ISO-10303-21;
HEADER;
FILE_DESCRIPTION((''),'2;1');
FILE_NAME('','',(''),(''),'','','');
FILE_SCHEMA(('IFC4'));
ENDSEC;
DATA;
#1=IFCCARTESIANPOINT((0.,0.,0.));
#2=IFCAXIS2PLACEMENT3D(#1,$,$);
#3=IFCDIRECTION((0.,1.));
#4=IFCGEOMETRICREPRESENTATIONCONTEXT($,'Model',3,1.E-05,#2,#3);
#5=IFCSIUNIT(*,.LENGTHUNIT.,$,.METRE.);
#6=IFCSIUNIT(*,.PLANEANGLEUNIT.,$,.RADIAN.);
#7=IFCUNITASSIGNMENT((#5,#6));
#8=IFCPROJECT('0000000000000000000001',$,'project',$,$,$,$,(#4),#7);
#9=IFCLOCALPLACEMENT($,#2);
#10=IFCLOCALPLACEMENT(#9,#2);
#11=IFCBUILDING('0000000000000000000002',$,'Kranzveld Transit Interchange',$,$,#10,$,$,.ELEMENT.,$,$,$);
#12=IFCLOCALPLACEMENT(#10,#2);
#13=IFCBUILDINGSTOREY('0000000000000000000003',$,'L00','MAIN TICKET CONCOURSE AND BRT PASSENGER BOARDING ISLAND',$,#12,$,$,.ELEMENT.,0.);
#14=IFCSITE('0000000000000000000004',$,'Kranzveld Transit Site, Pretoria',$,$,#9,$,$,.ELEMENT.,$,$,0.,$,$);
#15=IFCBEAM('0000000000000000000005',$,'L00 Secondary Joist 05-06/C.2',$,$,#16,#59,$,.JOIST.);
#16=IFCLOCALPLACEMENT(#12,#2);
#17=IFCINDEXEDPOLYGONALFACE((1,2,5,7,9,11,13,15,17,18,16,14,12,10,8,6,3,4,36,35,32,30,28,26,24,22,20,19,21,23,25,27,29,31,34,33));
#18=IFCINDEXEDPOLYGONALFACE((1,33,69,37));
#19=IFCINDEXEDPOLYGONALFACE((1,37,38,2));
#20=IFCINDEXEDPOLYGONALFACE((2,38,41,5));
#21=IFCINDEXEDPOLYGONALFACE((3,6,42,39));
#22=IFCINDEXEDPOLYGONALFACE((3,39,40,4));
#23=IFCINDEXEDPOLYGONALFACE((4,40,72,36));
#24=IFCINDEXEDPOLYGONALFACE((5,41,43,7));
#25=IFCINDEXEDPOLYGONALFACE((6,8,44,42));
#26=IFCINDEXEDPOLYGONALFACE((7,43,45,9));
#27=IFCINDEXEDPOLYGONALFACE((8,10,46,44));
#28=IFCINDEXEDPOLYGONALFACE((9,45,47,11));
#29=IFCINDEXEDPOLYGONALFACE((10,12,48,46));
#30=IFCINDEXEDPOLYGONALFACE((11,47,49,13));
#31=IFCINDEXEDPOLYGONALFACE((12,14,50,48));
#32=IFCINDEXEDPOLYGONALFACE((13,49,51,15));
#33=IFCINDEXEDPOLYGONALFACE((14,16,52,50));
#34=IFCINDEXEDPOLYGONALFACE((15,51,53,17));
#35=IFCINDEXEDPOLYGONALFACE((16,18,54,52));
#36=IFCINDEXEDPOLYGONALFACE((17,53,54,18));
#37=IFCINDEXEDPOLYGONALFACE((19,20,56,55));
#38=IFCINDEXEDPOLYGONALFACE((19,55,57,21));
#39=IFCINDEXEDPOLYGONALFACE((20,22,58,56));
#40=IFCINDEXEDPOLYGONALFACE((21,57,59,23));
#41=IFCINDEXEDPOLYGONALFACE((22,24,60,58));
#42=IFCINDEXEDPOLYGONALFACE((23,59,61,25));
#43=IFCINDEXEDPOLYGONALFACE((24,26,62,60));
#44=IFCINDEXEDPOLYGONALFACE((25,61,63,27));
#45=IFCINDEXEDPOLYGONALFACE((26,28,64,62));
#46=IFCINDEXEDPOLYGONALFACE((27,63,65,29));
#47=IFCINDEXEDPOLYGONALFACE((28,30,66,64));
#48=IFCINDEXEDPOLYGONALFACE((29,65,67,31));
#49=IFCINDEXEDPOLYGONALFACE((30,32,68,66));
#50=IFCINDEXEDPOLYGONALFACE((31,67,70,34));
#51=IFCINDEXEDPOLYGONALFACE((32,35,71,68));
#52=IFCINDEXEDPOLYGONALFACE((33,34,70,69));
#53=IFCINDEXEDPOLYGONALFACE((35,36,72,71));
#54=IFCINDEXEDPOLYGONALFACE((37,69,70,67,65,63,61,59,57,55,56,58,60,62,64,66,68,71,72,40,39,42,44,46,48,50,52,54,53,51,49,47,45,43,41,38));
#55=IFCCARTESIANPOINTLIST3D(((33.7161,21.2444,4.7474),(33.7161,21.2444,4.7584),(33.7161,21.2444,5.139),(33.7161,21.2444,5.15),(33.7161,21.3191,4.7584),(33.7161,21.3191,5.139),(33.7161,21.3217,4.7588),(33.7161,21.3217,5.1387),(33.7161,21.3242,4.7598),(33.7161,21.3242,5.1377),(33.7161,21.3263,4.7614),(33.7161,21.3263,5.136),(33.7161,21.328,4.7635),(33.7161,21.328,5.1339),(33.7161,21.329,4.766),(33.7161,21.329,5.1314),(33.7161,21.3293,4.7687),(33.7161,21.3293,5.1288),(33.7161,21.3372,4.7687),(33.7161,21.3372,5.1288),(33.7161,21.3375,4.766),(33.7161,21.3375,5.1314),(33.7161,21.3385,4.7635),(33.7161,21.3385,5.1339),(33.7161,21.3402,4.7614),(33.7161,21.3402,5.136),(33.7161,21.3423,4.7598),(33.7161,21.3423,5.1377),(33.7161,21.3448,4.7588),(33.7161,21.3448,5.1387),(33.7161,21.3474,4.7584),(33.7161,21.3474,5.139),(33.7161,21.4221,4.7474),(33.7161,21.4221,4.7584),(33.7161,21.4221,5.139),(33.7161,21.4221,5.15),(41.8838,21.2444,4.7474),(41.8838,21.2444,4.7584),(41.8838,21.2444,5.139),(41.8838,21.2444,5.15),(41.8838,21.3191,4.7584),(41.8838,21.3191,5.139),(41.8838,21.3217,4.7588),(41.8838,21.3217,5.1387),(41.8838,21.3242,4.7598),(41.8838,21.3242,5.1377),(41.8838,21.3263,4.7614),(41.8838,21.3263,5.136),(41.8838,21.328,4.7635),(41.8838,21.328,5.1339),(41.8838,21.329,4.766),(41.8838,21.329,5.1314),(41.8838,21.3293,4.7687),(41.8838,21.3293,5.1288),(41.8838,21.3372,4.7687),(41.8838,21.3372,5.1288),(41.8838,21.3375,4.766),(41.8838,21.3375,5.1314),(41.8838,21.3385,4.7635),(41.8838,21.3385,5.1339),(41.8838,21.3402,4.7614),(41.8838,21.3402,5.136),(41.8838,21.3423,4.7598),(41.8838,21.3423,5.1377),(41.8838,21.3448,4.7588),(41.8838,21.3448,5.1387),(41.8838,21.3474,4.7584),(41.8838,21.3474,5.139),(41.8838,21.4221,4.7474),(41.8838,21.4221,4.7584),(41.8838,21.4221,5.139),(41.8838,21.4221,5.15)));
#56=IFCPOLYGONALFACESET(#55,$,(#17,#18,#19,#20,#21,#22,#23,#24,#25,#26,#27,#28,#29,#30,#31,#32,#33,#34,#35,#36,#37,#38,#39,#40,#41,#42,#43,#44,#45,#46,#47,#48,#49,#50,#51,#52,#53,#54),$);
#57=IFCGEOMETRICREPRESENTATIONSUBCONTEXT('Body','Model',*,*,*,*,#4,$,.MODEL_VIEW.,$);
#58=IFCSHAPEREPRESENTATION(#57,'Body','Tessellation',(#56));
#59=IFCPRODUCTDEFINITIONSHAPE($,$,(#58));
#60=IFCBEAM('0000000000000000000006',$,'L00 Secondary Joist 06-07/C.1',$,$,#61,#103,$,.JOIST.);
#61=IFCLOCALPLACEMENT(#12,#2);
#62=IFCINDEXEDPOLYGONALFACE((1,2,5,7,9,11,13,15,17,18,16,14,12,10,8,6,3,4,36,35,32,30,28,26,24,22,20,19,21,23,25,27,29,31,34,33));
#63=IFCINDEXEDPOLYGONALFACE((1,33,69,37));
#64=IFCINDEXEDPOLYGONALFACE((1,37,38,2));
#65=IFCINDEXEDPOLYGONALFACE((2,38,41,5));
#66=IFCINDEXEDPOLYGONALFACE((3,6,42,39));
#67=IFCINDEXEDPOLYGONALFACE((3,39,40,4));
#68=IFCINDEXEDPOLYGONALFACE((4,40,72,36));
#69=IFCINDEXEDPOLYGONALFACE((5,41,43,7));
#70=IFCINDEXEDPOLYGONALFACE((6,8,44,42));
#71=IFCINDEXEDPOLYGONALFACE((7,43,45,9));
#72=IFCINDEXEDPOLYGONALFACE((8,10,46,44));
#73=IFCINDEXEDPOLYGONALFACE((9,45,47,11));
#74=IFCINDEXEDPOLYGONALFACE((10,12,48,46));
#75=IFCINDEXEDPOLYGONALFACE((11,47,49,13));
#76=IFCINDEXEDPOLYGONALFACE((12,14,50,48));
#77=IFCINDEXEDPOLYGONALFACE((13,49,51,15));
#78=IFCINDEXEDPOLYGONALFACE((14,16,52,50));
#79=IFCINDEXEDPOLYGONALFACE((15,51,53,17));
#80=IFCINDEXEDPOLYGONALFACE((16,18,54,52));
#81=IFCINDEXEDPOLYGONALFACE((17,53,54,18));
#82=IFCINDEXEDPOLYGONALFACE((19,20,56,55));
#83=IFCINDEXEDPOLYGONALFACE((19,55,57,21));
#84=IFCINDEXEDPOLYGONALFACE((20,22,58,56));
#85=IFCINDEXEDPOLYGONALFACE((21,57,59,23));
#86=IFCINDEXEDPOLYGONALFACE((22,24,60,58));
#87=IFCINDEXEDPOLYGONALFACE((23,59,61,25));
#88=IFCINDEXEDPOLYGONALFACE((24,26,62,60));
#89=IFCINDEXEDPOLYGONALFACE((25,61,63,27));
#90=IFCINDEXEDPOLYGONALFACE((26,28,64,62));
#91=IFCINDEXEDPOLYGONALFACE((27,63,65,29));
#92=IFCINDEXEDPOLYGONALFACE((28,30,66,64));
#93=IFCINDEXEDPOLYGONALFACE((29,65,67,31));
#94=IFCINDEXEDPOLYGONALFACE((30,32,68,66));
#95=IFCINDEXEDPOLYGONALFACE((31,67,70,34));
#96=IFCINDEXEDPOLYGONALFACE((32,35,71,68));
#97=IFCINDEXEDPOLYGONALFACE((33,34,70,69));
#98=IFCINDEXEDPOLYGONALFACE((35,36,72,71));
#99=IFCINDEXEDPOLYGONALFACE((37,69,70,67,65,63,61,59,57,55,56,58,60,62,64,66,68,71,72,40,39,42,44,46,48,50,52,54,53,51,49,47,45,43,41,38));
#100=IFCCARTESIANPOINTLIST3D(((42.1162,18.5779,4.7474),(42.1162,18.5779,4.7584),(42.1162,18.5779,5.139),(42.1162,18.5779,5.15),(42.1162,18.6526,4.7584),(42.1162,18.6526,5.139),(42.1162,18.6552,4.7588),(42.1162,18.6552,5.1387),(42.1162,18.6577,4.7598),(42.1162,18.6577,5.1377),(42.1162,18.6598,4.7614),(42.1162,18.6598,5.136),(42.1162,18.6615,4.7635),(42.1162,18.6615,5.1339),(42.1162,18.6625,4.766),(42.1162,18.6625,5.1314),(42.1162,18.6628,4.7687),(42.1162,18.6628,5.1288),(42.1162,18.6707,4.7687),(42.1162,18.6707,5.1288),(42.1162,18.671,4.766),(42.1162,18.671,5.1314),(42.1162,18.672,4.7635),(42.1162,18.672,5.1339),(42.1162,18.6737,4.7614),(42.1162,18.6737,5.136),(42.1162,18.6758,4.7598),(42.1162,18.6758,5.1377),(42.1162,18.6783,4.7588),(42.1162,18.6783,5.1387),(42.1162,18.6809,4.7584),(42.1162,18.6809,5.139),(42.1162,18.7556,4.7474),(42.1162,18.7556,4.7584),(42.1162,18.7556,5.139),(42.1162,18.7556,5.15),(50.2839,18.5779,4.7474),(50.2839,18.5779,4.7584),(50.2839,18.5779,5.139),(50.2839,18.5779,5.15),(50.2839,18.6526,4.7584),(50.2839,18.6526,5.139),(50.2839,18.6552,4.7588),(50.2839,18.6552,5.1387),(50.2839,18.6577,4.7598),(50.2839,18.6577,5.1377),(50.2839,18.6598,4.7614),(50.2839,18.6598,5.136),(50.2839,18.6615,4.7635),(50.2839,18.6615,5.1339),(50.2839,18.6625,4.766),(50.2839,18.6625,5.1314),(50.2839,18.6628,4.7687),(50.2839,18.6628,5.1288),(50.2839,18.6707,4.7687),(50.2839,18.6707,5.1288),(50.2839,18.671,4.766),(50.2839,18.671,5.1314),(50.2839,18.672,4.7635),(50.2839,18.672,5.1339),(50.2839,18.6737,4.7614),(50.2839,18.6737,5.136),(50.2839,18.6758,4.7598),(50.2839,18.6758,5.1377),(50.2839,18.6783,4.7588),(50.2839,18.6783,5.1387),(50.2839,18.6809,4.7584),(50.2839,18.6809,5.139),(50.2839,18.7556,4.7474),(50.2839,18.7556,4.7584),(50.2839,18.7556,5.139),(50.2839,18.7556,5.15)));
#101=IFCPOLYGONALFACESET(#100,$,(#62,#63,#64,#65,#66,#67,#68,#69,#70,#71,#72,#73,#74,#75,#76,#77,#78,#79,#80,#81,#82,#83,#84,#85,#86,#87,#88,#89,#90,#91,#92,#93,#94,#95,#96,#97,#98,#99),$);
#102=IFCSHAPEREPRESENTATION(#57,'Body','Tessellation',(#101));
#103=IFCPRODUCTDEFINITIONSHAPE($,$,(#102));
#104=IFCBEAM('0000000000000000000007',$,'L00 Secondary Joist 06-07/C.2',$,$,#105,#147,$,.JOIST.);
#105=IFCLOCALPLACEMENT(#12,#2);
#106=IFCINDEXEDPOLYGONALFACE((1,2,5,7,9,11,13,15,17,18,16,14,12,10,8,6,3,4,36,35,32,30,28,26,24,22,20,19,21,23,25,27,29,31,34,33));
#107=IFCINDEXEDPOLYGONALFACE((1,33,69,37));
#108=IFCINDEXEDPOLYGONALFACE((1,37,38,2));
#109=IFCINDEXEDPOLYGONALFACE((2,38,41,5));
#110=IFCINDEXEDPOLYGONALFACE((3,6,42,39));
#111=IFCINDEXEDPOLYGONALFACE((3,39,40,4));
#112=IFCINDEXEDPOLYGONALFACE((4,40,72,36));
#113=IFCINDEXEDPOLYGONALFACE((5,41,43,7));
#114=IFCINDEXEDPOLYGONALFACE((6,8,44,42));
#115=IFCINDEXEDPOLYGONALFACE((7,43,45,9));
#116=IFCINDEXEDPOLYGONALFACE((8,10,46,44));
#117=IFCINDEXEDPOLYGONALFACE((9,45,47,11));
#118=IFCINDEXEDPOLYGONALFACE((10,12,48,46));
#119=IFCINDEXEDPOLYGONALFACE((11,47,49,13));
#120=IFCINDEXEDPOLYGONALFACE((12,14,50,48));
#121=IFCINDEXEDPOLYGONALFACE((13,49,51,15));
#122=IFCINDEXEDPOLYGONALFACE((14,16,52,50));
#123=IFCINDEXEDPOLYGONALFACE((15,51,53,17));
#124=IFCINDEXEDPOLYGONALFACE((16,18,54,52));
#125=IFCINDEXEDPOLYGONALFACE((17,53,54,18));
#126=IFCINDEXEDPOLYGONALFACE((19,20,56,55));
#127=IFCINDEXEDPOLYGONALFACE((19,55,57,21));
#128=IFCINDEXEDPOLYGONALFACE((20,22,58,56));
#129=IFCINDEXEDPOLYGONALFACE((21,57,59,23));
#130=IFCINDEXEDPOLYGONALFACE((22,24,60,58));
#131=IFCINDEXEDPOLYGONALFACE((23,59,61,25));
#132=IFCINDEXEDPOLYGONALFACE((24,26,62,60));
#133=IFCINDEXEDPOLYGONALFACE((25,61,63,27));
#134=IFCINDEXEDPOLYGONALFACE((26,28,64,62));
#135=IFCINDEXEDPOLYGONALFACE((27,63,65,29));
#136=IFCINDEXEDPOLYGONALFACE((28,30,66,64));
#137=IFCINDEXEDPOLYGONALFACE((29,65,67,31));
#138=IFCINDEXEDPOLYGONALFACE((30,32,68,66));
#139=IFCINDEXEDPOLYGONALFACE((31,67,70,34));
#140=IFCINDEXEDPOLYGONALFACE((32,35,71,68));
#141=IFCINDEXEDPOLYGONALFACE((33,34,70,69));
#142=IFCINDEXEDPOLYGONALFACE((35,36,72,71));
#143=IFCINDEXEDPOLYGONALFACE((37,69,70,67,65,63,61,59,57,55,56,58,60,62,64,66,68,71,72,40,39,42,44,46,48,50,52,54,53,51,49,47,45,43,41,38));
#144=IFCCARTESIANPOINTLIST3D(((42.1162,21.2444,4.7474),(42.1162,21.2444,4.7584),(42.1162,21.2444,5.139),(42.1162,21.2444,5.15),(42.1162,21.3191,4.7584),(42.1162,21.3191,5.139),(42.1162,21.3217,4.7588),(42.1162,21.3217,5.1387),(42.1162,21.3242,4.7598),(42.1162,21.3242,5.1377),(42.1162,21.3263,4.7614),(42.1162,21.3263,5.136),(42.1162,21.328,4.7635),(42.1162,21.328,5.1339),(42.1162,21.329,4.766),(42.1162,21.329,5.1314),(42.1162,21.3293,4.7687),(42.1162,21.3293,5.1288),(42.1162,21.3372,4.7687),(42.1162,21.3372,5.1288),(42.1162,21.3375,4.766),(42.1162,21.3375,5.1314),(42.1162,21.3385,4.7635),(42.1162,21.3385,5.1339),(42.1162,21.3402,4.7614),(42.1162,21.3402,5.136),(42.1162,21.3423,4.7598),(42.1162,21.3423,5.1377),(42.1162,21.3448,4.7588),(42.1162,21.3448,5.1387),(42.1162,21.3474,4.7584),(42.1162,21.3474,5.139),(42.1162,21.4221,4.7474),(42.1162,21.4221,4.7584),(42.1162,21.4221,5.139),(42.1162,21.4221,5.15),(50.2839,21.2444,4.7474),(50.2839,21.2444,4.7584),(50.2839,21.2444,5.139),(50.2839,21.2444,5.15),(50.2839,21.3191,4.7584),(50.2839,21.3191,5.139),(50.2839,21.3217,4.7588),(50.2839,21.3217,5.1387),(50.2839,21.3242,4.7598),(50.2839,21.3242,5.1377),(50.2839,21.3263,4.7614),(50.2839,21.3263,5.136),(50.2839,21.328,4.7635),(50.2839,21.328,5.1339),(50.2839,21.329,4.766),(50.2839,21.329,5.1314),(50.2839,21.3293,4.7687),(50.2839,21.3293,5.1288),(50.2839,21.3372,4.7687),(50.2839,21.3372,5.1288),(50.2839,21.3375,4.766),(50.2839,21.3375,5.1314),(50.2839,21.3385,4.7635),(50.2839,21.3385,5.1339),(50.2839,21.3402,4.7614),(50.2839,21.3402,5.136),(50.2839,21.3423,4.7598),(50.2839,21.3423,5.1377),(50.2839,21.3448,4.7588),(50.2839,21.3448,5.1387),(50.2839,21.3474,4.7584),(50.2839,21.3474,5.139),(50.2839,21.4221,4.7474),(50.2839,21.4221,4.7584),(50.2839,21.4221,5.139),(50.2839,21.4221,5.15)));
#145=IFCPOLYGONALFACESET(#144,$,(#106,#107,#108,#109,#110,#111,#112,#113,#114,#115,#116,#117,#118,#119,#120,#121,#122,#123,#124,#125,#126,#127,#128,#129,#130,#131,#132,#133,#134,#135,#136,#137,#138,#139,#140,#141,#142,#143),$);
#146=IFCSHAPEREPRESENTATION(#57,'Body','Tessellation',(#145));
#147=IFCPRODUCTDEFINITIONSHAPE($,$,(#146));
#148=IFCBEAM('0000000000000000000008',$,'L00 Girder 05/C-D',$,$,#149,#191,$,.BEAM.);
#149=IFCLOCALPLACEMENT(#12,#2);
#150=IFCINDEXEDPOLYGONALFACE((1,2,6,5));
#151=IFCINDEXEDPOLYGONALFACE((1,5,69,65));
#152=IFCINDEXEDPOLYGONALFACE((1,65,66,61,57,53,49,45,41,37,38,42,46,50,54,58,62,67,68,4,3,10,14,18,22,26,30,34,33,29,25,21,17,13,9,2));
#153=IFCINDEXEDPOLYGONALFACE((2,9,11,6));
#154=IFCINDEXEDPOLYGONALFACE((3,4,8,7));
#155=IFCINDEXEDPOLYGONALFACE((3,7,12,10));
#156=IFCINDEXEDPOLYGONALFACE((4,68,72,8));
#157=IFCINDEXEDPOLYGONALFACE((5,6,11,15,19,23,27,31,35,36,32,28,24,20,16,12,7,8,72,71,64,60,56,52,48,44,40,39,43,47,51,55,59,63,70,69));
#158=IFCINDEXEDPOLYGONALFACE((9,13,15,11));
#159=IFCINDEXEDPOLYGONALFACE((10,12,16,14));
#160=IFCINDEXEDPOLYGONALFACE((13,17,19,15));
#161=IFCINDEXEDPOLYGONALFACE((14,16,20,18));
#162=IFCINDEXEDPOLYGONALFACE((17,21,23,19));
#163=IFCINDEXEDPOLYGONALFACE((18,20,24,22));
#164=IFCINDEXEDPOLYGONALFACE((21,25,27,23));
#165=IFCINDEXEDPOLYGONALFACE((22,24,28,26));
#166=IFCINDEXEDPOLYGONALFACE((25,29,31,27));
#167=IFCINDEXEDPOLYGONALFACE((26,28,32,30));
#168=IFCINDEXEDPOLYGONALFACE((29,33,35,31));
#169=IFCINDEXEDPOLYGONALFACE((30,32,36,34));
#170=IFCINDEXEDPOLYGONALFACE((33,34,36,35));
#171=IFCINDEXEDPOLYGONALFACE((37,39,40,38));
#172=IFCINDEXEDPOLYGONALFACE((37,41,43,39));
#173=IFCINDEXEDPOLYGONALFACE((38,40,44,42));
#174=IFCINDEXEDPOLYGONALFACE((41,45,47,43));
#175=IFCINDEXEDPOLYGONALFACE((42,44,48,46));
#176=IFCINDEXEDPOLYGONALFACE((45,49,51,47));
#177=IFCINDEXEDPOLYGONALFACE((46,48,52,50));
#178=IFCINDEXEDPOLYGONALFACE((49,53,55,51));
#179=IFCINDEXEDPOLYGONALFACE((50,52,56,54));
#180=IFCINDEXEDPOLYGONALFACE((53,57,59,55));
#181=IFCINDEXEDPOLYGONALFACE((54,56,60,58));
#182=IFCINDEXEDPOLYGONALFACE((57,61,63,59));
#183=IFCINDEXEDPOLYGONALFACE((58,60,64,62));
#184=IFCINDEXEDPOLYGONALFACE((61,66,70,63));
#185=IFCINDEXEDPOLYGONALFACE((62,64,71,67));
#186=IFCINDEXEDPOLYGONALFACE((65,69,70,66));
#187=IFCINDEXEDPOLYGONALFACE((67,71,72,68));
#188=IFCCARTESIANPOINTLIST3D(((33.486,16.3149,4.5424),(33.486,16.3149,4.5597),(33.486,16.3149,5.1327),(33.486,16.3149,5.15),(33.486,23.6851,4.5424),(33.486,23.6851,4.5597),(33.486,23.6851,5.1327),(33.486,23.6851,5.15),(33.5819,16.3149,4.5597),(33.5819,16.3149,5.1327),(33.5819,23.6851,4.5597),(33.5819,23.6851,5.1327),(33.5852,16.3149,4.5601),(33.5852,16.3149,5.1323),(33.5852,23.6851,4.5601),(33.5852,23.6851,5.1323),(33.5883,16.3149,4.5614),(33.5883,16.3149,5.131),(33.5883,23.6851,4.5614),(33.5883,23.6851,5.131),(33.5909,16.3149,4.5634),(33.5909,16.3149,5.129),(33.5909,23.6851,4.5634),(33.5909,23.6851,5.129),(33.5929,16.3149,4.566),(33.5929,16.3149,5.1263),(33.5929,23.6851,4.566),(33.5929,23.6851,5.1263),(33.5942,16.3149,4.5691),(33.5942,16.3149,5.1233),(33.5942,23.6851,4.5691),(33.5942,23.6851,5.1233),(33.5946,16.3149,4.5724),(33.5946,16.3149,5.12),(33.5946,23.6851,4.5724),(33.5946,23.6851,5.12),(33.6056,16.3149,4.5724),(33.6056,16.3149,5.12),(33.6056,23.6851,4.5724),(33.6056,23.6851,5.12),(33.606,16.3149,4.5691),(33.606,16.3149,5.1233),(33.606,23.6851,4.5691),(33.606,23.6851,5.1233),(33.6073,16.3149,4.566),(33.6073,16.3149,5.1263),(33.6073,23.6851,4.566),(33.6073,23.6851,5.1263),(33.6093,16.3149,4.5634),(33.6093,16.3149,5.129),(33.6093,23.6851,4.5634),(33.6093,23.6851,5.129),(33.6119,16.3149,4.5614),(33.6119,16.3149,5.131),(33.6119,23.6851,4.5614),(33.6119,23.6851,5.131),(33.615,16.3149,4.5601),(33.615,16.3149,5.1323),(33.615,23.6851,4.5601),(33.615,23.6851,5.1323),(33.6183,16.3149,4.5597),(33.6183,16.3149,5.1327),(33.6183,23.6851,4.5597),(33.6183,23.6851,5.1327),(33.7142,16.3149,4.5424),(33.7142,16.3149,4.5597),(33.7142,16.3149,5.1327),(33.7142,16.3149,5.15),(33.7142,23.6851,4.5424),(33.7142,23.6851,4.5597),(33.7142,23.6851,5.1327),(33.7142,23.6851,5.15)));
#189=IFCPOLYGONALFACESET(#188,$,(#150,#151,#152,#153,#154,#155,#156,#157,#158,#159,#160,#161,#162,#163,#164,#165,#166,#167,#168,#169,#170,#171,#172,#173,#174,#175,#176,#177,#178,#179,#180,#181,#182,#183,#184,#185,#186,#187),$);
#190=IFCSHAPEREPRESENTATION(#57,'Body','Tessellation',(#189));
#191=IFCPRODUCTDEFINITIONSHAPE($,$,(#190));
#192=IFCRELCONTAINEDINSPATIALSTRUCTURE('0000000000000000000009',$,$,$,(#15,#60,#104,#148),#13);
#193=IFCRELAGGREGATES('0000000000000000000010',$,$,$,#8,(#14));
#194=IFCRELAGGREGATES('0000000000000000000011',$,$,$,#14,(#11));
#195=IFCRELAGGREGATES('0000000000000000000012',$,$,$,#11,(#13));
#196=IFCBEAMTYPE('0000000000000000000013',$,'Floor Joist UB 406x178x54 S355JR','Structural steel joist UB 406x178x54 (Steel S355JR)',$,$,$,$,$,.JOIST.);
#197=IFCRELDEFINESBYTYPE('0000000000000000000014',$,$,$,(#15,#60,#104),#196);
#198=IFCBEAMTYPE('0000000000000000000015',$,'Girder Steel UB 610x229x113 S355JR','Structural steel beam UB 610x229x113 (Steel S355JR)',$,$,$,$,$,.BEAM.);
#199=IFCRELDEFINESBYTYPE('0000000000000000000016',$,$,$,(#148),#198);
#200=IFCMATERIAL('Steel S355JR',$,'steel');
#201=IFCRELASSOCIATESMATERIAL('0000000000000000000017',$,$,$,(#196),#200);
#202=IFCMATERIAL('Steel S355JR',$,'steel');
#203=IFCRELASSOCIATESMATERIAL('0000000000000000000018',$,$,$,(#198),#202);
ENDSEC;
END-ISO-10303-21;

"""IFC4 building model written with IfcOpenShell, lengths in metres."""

from ifc_helpers import new_model, si_unit, direction, frame, origin, origin_2d, place, context, subcontext, project, spatial, i_section, extrude, material, material_profile, profile_set, type_object, element, save


model = new_model("IFC4")

# Units and contexts
model_context = context("Model", 3, precision=1e-05, world=origin(), true_north=direction((0.0, 1.0)))
body_context = subcontext(model_context, "Body", "Model", "MODEL_VIEW")
ifc_project = project(units=[si_unit("LENGTHUNIT", "METRE"), si_unit("PLANEANGLEUNIT", "RADIAN")], contexts=[model_context])

# Site, building, storey
site_placement = place(None, origin())
site = spatial("IfcSite", under=ifc_project, at=site_placement, Name="Kranzveld Transit Site, Pretoria", CompositionType="ELEMENT", RefElevation=0.0)
building_placement = place(site_placement, origin())
building = spatial("IfcBuilding", under=site, at=building_placement, Name="Kranzveld Transit Interchange", CompositionType="ELEMENT")
storey_placement = place(building_placement, origin())
storey = spatial("IfcBuildingStorey", under=building, at=storey_placement, Name="L00", Description="MAIN TICKET CONCOURSE AND BRT PASSENGER BOARDING ISLAND", CompositionType="ELEMENT", Elevation=0.0)

# Beams
ifc_material_1 = material(Name="Steel S355JR", Category="steel")
ifc_material_profile_1 = material_profile(ifc_material_1, i_section(OverallWidth=0.1777, OverallDepth=0.4026, WebThickness=0.0078, FlangeThickness=0.011, FilletRadius=0.0103, at=origin_2d()), Name="UB 406x178x54")
ifc_profile_set_1 = profile_set([ifc_material_profile_1], Name="Steel S355JR")
beam_type_1 = type_object("IfcBeamType", Name="Floor Joist UB 406x178x54 S355JR", Description="Structural steel joist UB 406x178x54 (Steel S355JR)", PredefinedType="JOIST", material=ifc_profile_set_1)
for number, where, z_axis, x_axis, name in (
    (1, (33.7161, 21.3333, 4.9487), (1.0, 0.0, 0.0), (0.0, 1.0, 0.0), "L00 Secondary Joist 05-06/C.2"),
    (2, (42.1162, 18.6667, 4.9487), (1.0, 0.0, 0.0), (0.0, 1.0, 0.0), "L00 Secondary Joist 06-07/C.1"),
    (3, (42.1162, 21.3333, 4.9487), (1.0, 0.0, 0.0), (0.0, 1.0, 0.0), "L00 Secondary Joist 06-07/C.2"),
):
    element("IfcBeam", number, at=place(storey_placement, frame(where, z_axis=z_axis, x_axis=x_axis)), inside=storey, type_object=beam_type_1, Name=name, PredefinedType="JOIST", context=body_context, shape_type="SweptSolid", body=[
        extrude(i_section(OverallWidth=0.1777, OverallDepth=0.4026, WebThickness=0.0078, FlangeThickness=0.011, FilletRadius=0.0103, at=origin_2d()), origin(), (0.0, 0.0, 1.0), 8.1677),
    ])
ifc_material_2 = material(Name="Steel S355JR", Category="steel")
ifc_material_profile_2 = material_profile(ifc_material_2, i_section(OverallWidth=0.2283, OverallDepth=0.6077, WebThickness=0.011, FlangeThickness=0.0173, FilletRadius=0.0127, at=origin_2d()), Name="UB 610x229x113")
ifc_profile_set_2 = profile_set([ifc_material_profile_2], Name="Steel S355JR")
beam_type_2 = type_object("IfcBeamType", Name="Girder Steel UB 610x229x113 S355JR", Description="Structural steel beam UB 610x229x113 (Steel S355JR)", PredefinedType="BEAM", material=ifc_profile_set_2)
for number, where, z_axis, x_axis, name in (
    (4, (33.6001, 16.3149, 4.8462), (0.0, 1.0, 0.0), (-1.0, 0.0, 0.0), "L00 Girder 05/C-D"),
):
    element("IfcBeam", number, at=place(storey_placement, frame(where, z_axis=z_axis, x_axis=x_axis)), inside=storey, type_object=beam_type_2, Name=name, PredefinedType="BEAM", context=body_context, shape_type="SweptSolid", body=[
        extrude(i_section(OverallWidth=0.2283, OverallDepth=0.6077, WebThickness=0.011, FlangeThickness=0.0173, FilletRadius=0.0127, at=origin_2d()), origin(), (0.0, 0.0, 1.0), 7.3701),
    ])

save(model, "model.ifc")
